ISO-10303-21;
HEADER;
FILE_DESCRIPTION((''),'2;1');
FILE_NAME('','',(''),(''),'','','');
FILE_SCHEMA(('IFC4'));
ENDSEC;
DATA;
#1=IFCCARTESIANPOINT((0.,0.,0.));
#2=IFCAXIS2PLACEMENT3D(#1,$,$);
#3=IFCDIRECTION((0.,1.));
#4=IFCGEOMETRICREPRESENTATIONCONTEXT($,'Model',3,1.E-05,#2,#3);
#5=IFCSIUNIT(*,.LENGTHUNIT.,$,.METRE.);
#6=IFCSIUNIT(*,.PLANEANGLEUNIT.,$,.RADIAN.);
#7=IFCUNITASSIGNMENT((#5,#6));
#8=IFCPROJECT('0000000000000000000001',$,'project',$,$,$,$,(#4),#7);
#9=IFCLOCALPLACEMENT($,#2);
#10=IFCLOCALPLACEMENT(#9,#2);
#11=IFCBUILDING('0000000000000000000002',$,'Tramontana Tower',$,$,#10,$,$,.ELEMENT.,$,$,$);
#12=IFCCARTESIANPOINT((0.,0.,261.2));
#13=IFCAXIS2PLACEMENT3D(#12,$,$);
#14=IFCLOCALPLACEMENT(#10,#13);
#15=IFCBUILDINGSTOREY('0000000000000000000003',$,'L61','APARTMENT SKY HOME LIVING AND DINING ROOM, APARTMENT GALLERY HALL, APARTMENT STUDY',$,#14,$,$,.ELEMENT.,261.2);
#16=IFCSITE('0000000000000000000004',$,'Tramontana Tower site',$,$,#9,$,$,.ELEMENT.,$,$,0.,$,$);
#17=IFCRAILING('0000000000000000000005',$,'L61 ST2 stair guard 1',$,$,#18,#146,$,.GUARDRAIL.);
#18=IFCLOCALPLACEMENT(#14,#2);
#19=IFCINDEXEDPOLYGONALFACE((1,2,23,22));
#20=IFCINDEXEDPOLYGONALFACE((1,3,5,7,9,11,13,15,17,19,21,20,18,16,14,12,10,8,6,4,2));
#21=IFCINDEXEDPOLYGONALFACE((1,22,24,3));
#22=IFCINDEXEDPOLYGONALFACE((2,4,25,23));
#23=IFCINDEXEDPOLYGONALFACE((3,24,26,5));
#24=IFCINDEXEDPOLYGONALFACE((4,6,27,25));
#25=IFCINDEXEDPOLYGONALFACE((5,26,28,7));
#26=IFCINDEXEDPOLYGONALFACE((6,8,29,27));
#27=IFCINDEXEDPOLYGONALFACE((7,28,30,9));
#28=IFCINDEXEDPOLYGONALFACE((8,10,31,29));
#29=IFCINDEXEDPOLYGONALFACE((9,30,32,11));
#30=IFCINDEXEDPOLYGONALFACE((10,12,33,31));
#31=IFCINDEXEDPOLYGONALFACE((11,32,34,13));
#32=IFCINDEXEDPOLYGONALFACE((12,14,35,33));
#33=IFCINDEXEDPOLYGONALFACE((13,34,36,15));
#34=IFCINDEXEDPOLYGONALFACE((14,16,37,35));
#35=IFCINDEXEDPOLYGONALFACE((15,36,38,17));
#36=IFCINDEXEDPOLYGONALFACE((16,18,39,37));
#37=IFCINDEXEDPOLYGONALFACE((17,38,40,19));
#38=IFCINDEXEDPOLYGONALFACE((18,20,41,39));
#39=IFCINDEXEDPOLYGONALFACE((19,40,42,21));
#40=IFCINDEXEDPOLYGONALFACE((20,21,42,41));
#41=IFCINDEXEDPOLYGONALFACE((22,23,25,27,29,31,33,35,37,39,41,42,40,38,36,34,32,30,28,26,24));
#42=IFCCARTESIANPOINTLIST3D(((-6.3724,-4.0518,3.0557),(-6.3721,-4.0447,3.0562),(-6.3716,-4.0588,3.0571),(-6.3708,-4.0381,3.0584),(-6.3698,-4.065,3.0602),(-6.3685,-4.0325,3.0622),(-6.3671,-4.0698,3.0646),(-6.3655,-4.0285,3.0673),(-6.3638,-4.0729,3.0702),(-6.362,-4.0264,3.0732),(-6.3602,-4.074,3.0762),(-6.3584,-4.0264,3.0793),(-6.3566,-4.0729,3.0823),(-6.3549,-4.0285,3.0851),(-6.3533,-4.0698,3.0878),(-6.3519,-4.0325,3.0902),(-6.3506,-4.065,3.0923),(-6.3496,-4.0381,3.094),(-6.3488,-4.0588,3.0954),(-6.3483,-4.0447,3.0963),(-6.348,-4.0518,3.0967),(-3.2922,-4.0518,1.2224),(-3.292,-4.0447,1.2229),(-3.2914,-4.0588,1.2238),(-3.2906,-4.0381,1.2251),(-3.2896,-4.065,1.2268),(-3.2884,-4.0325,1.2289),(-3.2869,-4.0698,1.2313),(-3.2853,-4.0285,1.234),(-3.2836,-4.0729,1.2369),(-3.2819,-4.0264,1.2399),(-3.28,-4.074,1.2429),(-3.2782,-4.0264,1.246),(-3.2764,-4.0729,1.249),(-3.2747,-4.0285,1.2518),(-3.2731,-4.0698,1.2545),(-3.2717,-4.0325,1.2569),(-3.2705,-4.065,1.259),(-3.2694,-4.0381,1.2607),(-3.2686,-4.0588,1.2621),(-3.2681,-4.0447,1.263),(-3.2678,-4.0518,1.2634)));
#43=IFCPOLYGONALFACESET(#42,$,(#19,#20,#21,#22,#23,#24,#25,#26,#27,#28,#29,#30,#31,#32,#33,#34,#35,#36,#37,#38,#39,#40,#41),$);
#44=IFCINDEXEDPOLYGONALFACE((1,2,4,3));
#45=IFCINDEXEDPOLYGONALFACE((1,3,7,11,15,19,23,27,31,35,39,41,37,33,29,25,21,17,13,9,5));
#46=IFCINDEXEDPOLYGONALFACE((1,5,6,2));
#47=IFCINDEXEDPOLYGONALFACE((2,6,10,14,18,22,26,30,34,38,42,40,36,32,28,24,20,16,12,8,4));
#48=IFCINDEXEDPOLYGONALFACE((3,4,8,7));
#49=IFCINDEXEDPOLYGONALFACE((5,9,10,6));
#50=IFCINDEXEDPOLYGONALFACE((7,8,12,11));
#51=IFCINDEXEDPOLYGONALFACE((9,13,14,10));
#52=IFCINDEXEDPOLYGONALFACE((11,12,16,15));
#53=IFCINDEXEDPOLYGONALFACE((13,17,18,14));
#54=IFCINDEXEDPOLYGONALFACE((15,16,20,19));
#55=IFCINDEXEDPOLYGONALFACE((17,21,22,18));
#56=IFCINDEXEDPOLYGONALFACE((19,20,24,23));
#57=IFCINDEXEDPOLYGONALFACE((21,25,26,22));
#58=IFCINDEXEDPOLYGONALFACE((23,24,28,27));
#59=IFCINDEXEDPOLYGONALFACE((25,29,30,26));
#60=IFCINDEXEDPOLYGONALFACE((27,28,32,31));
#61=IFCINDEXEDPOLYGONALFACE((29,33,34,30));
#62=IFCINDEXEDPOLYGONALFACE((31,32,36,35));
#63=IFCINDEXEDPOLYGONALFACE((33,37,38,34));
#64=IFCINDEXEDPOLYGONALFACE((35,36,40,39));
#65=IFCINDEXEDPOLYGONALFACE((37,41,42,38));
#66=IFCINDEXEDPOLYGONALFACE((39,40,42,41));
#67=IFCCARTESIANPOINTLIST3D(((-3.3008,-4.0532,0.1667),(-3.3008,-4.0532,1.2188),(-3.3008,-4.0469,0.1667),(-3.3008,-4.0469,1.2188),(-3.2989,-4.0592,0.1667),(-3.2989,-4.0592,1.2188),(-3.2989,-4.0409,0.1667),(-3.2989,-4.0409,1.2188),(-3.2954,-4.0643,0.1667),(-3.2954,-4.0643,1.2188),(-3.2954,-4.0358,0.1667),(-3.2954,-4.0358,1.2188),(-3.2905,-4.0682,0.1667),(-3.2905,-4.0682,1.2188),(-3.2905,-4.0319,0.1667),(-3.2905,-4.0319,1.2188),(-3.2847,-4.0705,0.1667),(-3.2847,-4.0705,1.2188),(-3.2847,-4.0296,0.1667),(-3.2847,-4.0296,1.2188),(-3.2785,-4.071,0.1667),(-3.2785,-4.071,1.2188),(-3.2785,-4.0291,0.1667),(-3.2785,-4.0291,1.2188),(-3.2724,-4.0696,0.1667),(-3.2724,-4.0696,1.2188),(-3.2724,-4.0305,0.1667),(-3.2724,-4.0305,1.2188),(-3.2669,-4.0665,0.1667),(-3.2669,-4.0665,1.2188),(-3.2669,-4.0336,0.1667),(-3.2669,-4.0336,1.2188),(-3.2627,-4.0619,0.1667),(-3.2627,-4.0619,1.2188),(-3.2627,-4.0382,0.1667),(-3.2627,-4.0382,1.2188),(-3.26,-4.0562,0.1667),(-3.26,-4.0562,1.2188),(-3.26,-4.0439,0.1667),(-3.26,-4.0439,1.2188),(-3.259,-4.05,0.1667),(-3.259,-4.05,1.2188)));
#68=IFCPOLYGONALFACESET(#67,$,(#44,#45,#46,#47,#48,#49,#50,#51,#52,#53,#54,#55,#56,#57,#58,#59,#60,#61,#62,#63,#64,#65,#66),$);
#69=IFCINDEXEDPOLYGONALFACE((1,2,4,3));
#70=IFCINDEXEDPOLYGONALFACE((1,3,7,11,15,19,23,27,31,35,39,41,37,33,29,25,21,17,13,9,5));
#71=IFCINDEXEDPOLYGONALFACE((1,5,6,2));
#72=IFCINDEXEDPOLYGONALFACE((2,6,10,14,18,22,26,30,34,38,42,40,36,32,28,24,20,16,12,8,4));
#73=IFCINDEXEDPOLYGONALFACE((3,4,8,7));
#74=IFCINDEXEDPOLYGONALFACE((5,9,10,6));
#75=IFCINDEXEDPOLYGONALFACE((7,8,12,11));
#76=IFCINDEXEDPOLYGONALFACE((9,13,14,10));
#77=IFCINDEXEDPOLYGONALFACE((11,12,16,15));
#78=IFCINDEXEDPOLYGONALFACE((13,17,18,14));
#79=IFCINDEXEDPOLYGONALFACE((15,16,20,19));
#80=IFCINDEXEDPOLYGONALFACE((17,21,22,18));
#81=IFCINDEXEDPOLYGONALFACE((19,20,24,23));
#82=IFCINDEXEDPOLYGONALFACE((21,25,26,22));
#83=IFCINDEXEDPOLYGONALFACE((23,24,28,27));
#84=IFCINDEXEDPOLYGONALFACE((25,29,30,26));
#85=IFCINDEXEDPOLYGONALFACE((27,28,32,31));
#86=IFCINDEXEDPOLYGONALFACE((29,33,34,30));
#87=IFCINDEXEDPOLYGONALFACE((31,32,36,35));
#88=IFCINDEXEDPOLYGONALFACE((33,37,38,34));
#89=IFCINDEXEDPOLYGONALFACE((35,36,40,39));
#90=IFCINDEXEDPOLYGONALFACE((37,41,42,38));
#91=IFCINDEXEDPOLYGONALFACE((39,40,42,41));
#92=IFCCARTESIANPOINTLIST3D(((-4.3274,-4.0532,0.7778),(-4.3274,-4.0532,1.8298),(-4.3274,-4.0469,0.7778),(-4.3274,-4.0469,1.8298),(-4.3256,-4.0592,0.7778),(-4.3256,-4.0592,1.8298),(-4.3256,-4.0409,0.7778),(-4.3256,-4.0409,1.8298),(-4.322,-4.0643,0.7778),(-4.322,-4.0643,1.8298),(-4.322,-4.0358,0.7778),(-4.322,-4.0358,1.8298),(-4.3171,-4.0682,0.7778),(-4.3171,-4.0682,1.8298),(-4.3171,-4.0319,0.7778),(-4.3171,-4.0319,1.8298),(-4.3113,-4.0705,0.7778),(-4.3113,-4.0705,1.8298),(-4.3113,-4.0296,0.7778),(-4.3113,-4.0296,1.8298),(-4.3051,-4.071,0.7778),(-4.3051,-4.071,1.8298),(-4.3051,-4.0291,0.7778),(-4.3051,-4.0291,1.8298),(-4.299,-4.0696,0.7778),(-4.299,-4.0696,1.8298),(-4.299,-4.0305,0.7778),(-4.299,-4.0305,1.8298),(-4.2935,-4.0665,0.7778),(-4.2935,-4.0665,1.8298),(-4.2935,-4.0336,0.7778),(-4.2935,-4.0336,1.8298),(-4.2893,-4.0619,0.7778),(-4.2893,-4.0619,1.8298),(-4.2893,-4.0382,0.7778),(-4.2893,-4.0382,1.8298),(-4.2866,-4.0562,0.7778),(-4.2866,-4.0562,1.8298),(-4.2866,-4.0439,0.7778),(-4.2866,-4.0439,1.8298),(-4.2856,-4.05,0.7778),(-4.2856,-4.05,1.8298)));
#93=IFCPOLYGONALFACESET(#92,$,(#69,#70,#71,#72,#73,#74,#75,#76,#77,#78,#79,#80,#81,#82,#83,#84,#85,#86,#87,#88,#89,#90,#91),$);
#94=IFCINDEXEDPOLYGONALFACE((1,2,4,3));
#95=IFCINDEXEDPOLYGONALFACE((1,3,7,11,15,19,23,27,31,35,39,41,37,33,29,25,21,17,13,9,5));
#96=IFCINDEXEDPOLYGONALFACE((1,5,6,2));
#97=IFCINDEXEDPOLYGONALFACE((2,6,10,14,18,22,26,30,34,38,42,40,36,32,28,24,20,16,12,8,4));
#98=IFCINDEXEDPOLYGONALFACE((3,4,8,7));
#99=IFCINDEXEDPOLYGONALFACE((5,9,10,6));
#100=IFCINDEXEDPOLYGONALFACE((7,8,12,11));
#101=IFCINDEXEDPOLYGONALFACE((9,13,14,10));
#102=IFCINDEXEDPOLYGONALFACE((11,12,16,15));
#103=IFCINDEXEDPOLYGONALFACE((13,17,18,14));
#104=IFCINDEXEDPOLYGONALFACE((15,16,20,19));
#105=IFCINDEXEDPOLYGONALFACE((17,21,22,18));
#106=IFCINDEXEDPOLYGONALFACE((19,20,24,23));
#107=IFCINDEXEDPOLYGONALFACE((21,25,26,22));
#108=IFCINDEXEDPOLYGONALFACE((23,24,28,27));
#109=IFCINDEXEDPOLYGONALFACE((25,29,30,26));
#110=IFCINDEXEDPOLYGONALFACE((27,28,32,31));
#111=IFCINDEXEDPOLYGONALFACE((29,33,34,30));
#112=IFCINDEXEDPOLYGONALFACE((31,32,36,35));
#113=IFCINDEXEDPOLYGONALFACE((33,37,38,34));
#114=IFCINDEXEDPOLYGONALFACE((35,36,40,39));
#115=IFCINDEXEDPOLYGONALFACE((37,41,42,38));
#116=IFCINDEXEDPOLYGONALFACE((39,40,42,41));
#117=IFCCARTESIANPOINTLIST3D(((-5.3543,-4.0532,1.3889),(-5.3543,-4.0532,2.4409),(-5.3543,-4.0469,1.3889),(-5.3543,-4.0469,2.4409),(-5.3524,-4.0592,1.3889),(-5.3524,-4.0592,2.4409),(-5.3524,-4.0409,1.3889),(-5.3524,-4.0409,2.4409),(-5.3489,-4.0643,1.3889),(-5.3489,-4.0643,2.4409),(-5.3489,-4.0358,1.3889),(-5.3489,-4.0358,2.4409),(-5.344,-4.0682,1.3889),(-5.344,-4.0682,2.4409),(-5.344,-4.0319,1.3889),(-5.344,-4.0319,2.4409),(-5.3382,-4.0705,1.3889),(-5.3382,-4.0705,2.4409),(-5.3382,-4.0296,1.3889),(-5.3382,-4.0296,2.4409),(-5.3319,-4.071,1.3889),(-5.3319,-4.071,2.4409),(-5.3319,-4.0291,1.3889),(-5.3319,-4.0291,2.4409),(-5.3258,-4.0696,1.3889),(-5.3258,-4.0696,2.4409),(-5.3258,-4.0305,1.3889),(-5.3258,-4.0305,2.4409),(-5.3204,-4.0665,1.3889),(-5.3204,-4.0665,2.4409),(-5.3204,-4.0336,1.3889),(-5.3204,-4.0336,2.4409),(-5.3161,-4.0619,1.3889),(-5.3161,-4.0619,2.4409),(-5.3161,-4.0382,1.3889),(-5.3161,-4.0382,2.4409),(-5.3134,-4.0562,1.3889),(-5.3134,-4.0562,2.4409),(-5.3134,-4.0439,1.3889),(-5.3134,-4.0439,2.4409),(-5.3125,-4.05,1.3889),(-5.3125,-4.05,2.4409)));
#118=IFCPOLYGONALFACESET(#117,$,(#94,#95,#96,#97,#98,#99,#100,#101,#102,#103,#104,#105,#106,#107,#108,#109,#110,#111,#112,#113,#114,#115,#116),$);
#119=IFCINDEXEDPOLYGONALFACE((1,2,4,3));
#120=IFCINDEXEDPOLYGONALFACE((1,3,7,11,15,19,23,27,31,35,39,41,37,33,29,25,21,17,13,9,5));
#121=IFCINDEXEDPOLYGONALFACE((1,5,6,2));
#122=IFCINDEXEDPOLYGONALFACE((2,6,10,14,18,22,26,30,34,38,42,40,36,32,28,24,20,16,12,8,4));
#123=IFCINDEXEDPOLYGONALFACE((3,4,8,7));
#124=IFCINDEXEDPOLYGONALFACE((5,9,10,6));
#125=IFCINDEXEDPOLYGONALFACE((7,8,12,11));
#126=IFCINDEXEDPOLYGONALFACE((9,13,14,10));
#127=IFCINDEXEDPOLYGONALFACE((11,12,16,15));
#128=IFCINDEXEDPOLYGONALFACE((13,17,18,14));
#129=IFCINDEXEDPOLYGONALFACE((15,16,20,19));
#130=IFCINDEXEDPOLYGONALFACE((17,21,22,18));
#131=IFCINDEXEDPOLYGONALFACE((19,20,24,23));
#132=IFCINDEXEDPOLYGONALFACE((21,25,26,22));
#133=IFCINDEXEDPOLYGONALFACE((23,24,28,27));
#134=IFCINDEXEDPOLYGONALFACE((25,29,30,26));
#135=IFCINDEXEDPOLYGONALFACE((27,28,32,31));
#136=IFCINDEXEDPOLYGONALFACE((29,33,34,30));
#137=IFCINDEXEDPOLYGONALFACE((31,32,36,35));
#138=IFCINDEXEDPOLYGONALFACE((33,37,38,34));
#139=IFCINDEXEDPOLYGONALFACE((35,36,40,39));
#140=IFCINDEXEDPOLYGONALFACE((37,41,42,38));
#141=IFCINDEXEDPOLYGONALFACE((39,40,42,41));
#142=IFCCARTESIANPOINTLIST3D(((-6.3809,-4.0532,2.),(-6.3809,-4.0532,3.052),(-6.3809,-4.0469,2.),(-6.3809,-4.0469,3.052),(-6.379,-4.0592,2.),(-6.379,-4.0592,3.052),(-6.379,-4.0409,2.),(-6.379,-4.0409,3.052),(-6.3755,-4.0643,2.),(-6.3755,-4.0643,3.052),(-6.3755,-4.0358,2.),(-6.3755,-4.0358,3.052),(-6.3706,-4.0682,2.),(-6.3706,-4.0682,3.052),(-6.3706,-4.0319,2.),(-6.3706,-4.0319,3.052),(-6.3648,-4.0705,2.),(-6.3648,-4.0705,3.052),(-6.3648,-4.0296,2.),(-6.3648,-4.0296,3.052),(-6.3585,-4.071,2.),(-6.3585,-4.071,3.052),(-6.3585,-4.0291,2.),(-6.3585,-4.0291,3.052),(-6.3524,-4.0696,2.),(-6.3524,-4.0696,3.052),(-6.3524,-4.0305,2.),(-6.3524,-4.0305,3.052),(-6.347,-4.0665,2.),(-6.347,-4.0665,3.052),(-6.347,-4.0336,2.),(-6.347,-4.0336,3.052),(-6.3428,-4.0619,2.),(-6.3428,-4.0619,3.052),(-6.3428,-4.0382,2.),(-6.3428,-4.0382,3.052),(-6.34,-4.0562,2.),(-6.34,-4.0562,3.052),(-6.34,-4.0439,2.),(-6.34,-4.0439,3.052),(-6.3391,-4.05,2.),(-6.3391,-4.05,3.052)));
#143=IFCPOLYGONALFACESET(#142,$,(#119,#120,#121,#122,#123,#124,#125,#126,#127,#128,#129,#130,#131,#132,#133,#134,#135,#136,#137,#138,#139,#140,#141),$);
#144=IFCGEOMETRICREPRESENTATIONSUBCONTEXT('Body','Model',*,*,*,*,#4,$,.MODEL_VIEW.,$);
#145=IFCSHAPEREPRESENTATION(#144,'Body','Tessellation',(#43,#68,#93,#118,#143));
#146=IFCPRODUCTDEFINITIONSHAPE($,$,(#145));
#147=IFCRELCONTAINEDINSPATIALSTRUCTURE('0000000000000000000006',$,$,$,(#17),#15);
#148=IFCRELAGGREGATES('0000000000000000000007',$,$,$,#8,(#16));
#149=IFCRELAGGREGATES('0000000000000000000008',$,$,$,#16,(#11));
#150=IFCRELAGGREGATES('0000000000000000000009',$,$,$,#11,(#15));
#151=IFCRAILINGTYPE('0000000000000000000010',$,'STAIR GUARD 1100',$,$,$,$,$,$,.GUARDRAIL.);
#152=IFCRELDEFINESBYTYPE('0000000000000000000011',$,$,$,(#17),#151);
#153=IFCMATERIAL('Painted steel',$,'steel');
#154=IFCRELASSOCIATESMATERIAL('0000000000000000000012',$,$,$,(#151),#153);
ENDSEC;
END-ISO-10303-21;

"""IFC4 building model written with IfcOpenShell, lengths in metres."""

from ifc_helpers import new_model, si_unit, direction, frame, origin, origin_2d, place, context, subcontext, project, spatial, circle, extrude, material, type_object, element, save


model = new_model("IFC4")

# Units and contexts
model_context = context("Model", 3, precision=1e-05, world=origin(), true_north=direction((0.0, 1.0)))
body_context = subcontext(model_context, "Body", "Model", "MODEL_VIEW")
ifc_project = project(units=[si_unit("LENGTHUNIT", "METRE"), si_unit("PLANEANGLEUNIT", "RADIAN")], contexts=[model_context])

# Site, building, storey
site_placement = place(None, origin())
site = spatial("IfcSite", under=ifc_project, at=site_placement, Name="Tramontana Tower site", CompositionType="ELEMENT", RefElevation=0.0)
building_placement = place(site_placement, origin())
building = spatial("IfcBuilding", under=site, at=building_placement, Name="Tramontana Tower", CompositionType="ELEMENT")
storey_placement = place(building_placement, frame((0.0, 0.0, 261.2)))
storey = spatial("IfcBuildingStorey", under=building, at=storey_placement, Name="L61", Description="APARTMENT SKY HOME LIVING AND DINING ROOM, APARTMENT GALLERY HALL, APARTMENT STUDY", CompositionType="ELEMENT", Elevation=261.2)

# Railing
ifc_material_1 = material(Name="Painted steel", Category="steel")
railing_type_1 = type_object("IfcRailingType", Name="STAIR GUARD 1100", PredefinedType="GUARDRAIL", material=ifc_material_1)
railing_1_placement = place(storey_placement, frame((-3.28, -4.05, 0.1667)))
element("IfcRailing", 1, at=railing_1_placement, inside=storey, type_object=railing_type_1, Name="L61 ST2 stair guard 1", PredefinedType="GUARDRAIL", context=body_context, shape_type="SweptSolid", body=[
    extrude(circle(Radius=0.0239, at=origin_2d()), frame((0.0, 0.0, 1.0762), z_axis=(-0.859309, 0.0, 0.511458), x_axis=(0.0, -1.0, 0.0)), (0.0, 0.0, 1.0), 3.5845),
    extrude(circle(Radius=0.021, at=origin_2d()), origin(), (0.0, 0.0, 1.0), 1.052),
    extrude(circle(Radius=0.021, at=origin_2d()), frame((-1.0266, 0.0, 0.6111)), (0.0, 0.0, 1.0), 1.052),
    extrude(circle(Radius=0.021, at=origin_2d()), frame((-2.0535, 0.0, 1.2222)), (0.0, 0.0, 1.0), 1.052),
    extrude(circle(Radius=0.021, at=origin_2d()), frame((-3.0801, 0.0, 1.8333)), (0.0, 0.0, 1.0), 1.052),
])

save(model, "model.ifc")
